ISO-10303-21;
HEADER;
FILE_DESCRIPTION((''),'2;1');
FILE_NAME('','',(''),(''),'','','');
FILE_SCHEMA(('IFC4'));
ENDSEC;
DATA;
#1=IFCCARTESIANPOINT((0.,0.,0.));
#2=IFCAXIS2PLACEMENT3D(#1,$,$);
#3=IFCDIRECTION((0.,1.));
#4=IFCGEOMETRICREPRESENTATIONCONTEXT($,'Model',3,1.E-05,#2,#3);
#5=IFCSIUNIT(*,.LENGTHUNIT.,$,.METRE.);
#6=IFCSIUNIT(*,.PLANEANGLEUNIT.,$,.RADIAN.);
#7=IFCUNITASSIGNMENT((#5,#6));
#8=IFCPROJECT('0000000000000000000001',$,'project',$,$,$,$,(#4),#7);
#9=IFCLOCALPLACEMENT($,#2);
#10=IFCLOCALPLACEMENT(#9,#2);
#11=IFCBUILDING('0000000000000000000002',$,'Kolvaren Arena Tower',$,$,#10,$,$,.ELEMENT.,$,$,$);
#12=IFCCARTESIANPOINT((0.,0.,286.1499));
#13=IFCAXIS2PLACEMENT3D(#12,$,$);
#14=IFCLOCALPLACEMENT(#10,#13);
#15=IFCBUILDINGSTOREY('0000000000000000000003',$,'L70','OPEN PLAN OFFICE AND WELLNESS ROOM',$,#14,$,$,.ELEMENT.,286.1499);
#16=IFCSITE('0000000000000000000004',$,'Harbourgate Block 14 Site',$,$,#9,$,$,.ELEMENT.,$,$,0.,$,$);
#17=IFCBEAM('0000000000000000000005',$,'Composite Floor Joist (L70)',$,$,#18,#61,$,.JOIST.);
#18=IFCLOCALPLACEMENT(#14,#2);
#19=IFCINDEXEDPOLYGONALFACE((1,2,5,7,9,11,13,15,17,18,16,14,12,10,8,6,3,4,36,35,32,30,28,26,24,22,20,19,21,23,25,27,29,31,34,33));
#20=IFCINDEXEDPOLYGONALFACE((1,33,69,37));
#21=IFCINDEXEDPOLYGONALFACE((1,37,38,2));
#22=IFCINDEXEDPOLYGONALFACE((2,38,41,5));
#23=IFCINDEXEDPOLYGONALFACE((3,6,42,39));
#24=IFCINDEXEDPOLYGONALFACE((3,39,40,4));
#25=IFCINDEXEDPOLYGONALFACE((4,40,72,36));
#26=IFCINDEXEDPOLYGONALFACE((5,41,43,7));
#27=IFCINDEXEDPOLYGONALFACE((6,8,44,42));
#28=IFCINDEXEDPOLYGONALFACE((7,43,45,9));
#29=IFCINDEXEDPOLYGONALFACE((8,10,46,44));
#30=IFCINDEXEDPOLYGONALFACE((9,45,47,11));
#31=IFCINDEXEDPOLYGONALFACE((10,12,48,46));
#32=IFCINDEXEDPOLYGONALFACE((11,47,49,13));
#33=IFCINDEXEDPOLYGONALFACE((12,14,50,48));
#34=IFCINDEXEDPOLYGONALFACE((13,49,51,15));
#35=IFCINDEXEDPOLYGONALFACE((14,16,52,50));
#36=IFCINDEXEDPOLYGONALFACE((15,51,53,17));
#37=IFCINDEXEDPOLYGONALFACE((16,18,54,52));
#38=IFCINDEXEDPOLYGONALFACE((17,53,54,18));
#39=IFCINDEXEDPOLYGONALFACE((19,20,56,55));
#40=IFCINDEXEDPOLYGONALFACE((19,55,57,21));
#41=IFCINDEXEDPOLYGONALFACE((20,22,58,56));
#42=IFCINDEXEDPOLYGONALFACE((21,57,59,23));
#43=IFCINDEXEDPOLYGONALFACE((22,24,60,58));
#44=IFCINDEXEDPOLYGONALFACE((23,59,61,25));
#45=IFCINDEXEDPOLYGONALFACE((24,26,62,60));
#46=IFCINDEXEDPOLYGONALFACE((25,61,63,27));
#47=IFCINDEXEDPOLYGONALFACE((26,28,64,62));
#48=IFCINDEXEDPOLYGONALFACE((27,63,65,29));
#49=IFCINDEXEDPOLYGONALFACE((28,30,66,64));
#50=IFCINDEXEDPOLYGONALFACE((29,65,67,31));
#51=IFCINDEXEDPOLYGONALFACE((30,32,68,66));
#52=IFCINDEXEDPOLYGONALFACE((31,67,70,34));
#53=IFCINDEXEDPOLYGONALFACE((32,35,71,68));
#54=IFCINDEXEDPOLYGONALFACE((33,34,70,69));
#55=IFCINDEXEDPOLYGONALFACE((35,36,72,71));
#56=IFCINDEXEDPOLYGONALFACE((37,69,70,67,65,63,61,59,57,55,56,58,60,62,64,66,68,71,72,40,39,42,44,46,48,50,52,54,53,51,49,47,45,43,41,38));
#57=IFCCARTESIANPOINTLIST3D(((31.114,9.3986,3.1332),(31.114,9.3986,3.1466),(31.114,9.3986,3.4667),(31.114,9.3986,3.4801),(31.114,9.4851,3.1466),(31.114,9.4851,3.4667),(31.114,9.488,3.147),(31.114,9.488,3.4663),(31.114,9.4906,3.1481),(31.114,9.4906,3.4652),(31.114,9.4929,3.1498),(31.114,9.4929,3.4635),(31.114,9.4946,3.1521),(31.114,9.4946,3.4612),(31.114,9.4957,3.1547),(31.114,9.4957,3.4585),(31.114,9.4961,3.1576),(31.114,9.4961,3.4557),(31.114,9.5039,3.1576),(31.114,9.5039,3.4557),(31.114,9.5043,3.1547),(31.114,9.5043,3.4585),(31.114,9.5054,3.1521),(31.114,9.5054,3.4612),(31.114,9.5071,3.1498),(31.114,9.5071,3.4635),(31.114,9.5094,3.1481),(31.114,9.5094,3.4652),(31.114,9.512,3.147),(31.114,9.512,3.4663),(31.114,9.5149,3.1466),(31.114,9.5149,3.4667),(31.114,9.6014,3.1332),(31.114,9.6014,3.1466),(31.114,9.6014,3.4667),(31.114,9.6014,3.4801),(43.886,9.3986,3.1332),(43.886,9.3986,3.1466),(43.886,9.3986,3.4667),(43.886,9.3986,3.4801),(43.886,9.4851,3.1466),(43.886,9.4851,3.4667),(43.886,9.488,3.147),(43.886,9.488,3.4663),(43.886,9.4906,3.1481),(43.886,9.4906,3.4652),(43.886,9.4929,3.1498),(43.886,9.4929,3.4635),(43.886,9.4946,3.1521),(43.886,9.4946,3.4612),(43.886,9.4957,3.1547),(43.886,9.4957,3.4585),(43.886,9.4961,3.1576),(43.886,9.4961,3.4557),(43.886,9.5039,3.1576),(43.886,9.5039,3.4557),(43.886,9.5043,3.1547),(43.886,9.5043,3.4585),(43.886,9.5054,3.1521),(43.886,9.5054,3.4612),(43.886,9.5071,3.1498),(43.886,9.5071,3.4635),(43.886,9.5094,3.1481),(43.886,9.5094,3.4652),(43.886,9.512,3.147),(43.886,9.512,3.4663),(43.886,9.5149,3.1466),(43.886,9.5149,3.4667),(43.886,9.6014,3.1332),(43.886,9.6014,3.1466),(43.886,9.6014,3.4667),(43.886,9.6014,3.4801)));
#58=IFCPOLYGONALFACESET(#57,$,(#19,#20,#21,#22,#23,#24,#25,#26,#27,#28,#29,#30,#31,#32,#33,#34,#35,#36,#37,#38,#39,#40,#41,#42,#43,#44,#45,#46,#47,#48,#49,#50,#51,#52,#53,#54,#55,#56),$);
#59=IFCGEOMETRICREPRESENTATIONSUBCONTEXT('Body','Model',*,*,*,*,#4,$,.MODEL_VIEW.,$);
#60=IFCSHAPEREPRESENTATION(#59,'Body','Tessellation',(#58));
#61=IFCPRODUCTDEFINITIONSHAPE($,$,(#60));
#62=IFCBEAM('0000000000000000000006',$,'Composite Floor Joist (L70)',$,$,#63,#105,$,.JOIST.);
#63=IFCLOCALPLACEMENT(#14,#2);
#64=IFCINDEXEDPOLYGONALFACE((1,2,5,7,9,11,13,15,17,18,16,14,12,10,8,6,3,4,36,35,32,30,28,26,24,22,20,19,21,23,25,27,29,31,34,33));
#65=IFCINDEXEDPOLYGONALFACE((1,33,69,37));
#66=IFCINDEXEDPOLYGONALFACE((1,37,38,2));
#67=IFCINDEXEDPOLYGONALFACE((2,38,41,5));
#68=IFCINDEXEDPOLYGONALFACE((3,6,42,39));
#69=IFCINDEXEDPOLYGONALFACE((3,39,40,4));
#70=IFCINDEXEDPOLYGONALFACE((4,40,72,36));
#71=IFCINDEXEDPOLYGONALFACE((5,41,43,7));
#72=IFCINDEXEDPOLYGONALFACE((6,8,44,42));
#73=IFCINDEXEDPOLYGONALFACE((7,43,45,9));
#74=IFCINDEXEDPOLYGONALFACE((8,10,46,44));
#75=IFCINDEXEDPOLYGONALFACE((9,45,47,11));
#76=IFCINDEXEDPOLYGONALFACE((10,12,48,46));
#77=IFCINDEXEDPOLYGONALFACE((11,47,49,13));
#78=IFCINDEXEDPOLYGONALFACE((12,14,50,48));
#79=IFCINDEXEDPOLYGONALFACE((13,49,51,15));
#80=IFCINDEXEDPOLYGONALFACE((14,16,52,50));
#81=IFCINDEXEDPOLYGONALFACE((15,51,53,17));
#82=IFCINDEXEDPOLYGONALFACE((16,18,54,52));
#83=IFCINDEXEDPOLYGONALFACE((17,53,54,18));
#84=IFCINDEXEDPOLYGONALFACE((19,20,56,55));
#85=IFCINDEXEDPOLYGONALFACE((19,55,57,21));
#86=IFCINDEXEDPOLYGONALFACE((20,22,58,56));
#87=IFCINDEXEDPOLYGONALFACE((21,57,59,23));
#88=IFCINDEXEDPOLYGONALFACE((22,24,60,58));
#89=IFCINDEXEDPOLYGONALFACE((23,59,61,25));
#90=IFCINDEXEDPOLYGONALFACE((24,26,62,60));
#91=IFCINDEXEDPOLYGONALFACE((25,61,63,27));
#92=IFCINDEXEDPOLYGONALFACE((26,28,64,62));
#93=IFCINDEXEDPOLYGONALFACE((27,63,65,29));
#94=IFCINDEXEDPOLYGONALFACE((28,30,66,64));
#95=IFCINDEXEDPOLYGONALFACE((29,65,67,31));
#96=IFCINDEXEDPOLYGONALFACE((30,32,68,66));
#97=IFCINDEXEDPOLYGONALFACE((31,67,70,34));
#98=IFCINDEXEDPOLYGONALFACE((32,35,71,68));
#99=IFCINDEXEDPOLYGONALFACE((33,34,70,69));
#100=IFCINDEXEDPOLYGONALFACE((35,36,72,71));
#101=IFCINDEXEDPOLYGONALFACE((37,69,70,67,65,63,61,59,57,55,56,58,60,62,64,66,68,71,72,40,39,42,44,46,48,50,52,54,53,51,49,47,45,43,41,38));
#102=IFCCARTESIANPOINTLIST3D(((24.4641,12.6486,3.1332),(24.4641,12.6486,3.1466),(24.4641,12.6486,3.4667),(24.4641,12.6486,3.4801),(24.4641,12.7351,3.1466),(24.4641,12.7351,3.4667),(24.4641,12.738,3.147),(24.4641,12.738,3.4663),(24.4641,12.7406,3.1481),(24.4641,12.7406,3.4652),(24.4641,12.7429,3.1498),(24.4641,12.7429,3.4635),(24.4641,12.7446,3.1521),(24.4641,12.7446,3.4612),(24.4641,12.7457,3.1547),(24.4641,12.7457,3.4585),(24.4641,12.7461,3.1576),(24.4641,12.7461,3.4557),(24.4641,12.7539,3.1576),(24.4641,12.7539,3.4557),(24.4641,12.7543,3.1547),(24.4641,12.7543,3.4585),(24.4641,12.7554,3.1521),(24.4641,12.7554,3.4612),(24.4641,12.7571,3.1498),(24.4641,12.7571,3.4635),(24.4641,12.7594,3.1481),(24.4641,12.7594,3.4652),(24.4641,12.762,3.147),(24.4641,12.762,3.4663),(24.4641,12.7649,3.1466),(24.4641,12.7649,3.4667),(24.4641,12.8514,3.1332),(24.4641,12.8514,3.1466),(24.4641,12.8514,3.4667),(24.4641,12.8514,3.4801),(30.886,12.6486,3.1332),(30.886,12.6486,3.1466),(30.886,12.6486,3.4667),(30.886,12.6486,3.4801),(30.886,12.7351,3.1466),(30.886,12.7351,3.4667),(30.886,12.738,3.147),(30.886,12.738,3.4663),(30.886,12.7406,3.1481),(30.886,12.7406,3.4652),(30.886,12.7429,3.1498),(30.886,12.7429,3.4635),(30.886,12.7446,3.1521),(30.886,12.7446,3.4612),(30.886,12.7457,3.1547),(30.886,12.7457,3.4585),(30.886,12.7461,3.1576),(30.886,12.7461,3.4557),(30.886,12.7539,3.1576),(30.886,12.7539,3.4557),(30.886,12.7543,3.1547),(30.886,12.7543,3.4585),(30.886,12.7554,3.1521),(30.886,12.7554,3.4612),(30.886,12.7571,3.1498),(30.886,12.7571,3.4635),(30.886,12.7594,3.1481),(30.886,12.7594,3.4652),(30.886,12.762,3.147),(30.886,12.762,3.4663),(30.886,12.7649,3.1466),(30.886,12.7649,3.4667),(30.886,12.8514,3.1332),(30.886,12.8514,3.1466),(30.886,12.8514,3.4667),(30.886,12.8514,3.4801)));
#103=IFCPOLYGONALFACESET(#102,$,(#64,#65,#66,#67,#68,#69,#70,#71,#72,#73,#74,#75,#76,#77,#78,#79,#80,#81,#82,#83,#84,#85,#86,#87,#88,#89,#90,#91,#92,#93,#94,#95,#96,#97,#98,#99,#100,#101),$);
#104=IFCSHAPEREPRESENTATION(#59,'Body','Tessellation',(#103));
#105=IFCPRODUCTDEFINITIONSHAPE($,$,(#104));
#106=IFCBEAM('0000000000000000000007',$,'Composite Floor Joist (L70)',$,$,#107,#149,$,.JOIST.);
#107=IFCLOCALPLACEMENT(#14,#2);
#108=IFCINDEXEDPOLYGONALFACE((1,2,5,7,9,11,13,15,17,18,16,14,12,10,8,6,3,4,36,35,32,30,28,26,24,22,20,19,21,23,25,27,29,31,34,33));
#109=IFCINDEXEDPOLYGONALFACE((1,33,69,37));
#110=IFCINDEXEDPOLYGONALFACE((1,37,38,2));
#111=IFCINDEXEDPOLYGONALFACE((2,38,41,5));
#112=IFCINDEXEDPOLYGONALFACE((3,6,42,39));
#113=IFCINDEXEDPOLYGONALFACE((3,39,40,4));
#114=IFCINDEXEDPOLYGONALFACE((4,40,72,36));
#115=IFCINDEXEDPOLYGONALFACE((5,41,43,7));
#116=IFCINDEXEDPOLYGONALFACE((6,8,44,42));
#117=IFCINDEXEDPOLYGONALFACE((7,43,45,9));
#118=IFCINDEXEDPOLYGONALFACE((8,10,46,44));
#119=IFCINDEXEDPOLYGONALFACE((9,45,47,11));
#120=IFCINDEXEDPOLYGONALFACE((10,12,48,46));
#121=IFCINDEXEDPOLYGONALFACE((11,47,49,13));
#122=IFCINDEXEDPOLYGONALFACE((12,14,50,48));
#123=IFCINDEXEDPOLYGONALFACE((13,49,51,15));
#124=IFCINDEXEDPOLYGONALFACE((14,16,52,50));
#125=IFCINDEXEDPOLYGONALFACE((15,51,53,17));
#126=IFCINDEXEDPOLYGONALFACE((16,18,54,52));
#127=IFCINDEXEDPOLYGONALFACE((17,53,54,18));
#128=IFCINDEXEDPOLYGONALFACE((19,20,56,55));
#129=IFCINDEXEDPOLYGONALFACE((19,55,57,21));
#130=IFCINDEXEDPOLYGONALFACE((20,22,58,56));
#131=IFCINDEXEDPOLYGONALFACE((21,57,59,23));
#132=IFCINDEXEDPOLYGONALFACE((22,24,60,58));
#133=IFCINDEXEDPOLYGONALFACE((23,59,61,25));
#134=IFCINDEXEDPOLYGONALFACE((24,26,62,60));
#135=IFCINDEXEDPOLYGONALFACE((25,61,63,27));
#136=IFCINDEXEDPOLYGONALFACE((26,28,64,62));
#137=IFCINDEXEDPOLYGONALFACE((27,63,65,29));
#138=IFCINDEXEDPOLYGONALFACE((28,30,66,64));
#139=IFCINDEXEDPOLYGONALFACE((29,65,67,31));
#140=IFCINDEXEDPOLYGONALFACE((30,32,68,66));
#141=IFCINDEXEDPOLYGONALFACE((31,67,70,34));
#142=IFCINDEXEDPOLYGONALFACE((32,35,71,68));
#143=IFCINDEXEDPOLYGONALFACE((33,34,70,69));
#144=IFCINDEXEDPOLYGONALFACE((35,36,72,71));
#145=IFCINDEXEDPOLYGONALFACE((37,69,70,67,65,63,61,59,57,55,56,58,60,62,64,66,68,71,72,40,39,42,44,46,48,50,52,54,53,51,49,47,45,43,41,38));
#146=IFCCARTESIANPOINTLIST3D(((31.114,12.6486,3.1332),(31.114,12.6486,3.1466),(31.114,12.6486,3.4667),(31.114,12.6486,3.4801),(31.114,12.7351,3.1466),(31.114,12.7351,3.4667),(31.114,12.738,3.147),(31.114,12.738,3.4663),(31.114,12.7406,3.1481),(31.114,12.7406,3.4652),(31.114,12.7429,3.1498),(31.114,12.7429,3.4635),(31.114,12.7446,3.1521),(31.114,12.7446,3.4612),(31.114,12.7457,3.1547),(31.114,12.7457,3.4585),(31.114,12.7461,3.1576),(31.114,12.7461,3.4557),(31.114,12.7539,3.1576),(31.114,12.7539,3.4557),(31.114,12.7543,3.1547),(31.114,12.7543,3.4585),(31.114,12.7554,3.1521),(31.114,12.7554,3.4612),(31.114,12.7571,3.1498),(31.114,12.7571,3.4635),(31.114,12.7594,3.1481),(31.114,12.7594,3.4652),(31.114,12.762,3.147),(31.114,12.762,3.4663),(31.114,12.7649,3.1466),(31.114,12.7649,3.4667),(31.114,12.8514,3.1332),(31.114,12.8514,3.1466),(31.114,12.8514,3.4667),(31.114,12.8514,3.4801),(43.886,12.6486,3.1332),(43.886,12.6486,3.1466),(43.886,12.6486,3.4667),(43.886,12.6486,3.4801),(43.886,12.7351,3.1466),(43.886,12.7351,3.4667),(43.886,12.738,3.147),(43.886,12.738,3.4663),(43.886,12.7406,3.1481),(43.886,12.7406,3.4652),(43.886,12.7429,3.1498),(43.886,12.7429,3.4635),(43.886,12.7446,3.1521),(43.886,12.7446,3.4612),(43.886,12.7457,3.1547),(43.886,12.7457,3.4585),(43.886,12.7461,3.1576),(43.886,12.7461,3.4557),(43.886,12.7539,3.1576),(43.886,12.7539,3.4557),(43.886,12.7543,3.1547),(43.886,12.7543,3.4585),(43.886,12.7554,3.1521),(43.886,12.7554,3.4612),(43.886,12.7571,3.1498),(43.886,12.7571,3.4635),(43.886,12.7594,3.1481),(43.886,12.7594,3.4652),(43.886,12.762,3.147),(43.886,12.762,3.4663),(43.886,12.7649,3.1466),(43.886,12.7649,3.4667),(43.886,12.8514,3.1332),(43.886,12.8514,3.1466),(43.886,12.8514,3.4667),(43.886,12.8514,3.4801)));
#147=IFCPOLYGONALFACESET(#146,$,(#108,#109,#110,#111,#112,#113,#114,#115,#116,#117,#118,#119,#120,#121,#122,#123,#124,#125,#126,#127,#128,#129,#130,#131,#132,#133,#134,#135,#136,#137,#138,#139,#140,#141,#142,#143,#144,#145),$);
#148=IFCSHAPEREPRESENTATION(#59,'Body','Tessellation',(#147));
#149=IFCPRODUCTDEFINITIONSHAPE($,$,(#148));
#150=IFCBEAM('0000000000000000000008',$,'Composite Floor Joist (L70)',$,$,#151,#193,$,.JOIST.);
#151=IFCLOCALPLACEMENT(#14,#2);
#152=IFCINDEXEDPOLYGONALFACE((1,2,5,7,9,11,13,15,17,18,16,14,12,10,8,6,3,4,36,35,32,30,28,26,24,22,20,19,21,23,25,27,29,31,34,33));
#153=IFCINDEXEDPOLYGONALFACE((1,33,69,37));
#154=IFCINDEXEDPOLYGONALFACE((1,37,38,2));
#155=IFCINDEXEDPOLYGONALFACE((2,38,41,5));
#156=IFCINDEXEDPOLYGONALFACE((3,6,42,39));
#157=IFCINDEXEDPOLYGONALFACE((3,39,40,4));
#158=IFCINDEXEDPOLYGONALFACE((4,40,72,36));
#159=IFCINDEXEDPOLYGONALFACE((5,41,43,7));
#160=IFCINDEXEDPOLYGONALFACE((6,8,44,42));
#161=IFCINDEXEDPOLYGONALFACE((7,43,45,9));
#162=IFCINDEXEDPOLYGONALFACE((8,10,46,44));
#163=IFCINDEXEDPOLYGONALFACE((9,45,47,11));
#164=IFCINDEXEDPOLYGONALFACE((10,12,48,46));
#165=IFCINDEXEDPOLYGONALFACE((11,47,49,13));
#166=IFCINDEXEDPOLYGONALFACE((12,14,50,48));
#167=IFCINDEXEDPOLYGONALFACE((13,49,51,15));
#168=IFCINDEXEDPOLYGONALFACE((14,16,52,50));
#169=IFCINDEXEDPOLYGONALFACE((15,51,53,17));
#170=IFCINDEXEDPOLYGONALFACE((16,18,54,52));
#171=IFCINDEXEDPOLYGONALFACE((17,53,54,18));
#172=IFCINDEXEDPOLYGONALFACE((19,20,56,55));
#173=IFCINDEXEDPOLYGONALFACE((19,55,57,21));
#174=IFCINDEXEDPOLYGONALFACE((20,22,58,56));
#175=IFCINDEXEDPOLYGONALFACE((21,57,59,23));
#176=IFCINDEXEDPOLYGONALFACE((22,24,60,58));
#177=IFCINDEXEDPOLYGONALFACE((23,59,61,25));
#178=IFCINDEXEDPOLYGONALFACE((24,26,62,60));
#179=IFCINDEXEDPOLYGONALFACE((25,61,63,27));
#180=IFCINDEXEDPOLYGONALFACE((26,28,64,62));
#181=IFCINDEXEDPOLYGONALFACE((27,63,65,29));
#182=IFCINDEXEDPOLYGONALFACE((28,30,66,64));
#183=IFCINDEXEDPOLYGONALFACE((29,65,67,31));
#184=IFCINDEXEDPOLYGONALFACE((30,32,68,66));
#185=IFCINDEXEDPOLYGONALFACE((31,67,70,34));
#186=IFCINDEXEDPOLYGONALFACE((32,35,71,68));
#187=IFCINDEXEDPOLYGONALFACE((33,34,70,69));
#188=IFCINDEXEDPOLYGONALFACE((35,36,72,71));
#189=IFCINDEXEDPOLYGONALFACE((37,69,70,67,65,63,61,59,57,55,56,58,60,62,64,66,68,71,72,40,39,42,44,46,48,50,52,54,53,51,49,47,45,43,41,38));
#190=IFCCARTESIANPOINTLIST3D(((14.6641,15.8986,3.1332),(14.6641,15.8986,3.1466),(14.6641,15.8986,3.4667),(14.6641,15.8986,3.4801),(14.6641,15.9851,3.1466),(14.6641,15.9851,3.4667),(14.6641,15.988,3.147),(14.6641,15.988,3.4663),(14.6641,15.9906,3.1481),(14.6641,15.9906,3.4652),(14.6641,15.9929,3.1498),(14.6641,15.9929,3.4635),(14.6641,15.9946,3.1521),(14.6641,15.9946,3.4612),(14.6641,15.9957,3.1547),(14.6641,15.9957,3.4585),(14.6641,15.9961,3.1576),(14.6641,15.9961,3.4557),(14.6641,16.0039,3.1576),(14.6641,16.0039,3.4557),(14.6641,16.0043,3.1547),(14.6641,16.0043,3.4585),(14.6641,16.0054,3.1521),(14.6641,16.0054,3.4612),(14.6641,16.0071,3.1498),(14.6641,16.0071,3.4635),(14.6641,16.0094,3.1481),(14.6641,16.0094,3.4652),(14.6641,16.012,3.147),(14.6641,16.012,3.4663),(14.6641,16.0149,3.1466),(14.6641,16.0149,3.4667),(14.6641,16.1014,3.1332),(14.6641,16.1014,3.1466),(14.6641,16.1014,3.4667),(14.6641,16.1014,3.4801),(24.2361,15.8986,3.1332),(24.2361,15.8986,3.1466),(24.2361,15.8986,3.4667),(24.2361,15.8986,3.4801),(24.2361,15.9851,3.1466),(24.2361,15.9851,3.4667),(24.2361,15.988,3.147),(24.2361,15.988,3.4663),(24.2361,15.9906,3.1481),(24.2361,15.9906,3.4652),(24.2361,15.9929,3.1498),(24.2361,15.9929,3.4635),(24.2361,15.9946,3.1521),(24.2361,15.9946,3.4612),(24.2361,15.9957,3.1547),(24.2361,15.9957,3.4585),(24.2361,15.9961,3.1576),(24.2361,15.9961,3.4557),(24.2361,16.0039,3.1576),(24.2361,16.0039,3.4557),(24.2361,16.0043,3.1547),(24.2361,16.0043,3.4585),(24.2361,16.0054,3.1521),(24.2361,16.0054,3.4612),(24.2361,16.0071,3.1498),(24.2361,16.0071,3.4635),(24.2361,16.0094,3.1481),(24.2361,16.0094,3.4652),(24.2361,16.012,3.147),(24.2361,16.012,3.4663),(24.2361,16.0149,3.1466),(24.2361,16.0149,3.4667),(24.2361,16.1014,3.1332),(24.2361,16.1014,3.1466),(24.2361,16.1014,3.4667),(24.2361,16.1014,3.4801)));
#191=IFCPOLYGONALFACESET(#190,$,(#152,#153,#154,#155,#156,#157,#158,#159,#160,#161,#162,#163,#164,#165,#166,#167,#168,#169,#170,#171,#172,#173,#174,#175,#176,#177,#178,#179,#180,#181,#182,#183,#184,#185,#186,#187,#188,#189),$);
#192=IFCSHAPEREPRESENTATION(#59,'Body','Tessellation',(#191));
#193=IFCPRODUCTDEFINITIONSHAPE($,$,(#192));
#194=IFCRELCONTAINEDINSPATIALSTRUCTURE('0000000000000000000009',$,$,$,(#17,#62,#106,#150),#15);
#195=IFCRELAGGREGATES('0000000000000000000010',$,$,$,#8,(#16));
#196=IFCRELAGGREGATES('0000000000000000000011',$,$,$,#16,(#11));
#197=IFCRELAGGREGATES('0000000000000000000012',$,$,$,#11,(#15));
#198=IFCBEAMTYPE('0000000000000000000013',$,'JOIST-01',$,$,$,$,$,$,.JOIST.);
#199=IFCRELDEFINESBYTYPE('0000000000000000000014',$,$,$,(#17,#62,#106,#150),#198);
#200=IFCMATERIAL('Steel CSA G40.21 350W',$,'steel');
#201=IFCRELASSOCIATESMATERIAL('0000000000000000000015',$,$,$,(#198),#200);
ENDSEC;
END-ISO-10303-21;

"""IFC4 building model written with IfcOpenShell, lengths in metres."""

from ifc_helpers import new_model, si_unit, direction, frame, origin, origin_2d, place, context, subcontext, project, spatial, i_section, extrude, material, material_profile, profile_set, type_object, element, save


model = new_model("IFC4")

# Units and contexts
model_context = context("Model", 3, precision=1e-05, world=origin(), true_north=direction((0.0, 1.0)))
body_context = subcontext(model_context, "Body", "Model", "MODEL_VIEW")
ifc_project = project(units=[si_unit("LENGTHUNIT", "METRE"), si_unit("PLANEANGLEUNIT", "RADIAN")], contexts=[model_context])

# Site, building, storey
site_placement = place(None, origin())
site = spatial("IfcSite", under=ifc_project, at=site_placement, Name="Harbourgate Block 14 Site", CompositionType="ELEMENT", RefElevation=0.0)
building_placement = place(site_placement, origin())
building = spatial("IfcBuilding", under=site, at=building_placement, Name="Kolvaren Arena Tower", CompositionType="ELEMENT")
storey_placement = place(building_placement, frame((0.0, 0.0, 286.1499)))
storey = spatial("IfcBuildingStorey", under=building, at=storey_placement, Name="L70", Description="OPEN PLAN OFFICE AND WELLNESS ROOM", CompositionType="ELEMENT", Elevation=286.1499)

# Beams
ifc_material_1 = material(Name="Steel CSA G40.21 350W", Category="steel")
ifc_material_profile_1 = material_profile(ifc_material_1, i_section(OverallWidth=0.2029, OverallDepth=0.3469, WebThickness=0.0078, FlangeThickness=0.0134, FilletRadius=0.011, at=origin_2d()), Name="W360x64")
ifc_profile_set_1 = profile_set([ifc_material_profile_1], Name="Steel CSA G40.21 350W")
beam_type_1 = type_object("IfcBeamType", Name="JOIST-01", PredefinedType="JOIST", material=ifc_profile_set_1)
beam_1_placement = place(storey_placement, frame((31.114, 9.5, 3.3066), z_axis=(1.0, 0.0, 0.0), x_axis=(0.0, 1.0, 0.0)))
element("IfcBeam", 1, at=beam_1_placement, inside=storey, type_object=beam_type_1, Name="Composite Floor Joist (L70)", PredefinedType="JOIST", context=body_context, shape_type="SweptSolid", body=[
    extrude(i_section(OverallWidth=0.2029, OverallDepth=0.3469, WebThickness=0.0078, FlangeThickness=0.0134, FilletRadius=0.011, at=origin_2d()), origin(), (0.0, 0.0, 1.0), 12.772),
])
beam_2_placement = place(storey_placement, frame((24.4641, 12.75, 3.3066), z_axis=(1.0, 0.0, 0.0), x_axis=(0.0, 1.0, 0.0)))
element("IfcBeam", 2, at=beam_2_placement, inside=storey, type_object=beam_type_1, Name="Composite Floor Joist (L70)", PredefinedType="JOIST", context=body_context, shape_type="SweptSolid", body=[
    extrude(i_section(OverallWidth=0.2029, OverallDepth=0.3469, WebThickness=0.0078, FlangeThickness=0.0134, FilletRadius=0.011, at=origin_2d()), origin(), (0.0, 0.0, 1.0), 6.4219),
])
beam_3_placement = place(storey_placement, frame((31.114, 12.75, 3.3066), z_axis=(1.0, 0.0, 0.0), x_axis=(0.0, 1.0, 0.0)))
element("IfcBeam", 3, at=beam_3_placement, inside=storey, type_object=beam_type_1, Name="Composite Floor Joist (L70)", PredefinedType="JOIST", context=body_context, shape_type="SweptSolid", body=[
    extrude(i_section(OverallWidth=0.2029, OverallDepth=0.3469, WebThickness=0.0078, FlangeThickness=0.0134, FilletRadius=0.011, at=origin_2d()), origin(), (0.0, 0.0, 1.0), 12.772),
])
beam_4_placement = place(storey_placement, frame((14.6641, 16.0, 3.3066), z_axis=(1.0, 0.0, 0.0), x_axis=(0.0, 1.0, 0.0)))
element("IfcBeam", 4, at=beam_4_placement, inside=storey, type_object=beam_type_1, Name="Composite Floor Joist (L70)", PredefinedType="JOIST", context=body_context, shape_type="SweptSolid", body=[
    extrude(i_section(OverallWidth=0.2029, OverallDepth=0.3469, WebThickness=0.0078, FlangeThickness=0.0134, FilletRadius=0.011, at=origin_2d()), origin(), (0.0, 0.0, 1.0), 9.572),
])

save(model, "model.ifc")
